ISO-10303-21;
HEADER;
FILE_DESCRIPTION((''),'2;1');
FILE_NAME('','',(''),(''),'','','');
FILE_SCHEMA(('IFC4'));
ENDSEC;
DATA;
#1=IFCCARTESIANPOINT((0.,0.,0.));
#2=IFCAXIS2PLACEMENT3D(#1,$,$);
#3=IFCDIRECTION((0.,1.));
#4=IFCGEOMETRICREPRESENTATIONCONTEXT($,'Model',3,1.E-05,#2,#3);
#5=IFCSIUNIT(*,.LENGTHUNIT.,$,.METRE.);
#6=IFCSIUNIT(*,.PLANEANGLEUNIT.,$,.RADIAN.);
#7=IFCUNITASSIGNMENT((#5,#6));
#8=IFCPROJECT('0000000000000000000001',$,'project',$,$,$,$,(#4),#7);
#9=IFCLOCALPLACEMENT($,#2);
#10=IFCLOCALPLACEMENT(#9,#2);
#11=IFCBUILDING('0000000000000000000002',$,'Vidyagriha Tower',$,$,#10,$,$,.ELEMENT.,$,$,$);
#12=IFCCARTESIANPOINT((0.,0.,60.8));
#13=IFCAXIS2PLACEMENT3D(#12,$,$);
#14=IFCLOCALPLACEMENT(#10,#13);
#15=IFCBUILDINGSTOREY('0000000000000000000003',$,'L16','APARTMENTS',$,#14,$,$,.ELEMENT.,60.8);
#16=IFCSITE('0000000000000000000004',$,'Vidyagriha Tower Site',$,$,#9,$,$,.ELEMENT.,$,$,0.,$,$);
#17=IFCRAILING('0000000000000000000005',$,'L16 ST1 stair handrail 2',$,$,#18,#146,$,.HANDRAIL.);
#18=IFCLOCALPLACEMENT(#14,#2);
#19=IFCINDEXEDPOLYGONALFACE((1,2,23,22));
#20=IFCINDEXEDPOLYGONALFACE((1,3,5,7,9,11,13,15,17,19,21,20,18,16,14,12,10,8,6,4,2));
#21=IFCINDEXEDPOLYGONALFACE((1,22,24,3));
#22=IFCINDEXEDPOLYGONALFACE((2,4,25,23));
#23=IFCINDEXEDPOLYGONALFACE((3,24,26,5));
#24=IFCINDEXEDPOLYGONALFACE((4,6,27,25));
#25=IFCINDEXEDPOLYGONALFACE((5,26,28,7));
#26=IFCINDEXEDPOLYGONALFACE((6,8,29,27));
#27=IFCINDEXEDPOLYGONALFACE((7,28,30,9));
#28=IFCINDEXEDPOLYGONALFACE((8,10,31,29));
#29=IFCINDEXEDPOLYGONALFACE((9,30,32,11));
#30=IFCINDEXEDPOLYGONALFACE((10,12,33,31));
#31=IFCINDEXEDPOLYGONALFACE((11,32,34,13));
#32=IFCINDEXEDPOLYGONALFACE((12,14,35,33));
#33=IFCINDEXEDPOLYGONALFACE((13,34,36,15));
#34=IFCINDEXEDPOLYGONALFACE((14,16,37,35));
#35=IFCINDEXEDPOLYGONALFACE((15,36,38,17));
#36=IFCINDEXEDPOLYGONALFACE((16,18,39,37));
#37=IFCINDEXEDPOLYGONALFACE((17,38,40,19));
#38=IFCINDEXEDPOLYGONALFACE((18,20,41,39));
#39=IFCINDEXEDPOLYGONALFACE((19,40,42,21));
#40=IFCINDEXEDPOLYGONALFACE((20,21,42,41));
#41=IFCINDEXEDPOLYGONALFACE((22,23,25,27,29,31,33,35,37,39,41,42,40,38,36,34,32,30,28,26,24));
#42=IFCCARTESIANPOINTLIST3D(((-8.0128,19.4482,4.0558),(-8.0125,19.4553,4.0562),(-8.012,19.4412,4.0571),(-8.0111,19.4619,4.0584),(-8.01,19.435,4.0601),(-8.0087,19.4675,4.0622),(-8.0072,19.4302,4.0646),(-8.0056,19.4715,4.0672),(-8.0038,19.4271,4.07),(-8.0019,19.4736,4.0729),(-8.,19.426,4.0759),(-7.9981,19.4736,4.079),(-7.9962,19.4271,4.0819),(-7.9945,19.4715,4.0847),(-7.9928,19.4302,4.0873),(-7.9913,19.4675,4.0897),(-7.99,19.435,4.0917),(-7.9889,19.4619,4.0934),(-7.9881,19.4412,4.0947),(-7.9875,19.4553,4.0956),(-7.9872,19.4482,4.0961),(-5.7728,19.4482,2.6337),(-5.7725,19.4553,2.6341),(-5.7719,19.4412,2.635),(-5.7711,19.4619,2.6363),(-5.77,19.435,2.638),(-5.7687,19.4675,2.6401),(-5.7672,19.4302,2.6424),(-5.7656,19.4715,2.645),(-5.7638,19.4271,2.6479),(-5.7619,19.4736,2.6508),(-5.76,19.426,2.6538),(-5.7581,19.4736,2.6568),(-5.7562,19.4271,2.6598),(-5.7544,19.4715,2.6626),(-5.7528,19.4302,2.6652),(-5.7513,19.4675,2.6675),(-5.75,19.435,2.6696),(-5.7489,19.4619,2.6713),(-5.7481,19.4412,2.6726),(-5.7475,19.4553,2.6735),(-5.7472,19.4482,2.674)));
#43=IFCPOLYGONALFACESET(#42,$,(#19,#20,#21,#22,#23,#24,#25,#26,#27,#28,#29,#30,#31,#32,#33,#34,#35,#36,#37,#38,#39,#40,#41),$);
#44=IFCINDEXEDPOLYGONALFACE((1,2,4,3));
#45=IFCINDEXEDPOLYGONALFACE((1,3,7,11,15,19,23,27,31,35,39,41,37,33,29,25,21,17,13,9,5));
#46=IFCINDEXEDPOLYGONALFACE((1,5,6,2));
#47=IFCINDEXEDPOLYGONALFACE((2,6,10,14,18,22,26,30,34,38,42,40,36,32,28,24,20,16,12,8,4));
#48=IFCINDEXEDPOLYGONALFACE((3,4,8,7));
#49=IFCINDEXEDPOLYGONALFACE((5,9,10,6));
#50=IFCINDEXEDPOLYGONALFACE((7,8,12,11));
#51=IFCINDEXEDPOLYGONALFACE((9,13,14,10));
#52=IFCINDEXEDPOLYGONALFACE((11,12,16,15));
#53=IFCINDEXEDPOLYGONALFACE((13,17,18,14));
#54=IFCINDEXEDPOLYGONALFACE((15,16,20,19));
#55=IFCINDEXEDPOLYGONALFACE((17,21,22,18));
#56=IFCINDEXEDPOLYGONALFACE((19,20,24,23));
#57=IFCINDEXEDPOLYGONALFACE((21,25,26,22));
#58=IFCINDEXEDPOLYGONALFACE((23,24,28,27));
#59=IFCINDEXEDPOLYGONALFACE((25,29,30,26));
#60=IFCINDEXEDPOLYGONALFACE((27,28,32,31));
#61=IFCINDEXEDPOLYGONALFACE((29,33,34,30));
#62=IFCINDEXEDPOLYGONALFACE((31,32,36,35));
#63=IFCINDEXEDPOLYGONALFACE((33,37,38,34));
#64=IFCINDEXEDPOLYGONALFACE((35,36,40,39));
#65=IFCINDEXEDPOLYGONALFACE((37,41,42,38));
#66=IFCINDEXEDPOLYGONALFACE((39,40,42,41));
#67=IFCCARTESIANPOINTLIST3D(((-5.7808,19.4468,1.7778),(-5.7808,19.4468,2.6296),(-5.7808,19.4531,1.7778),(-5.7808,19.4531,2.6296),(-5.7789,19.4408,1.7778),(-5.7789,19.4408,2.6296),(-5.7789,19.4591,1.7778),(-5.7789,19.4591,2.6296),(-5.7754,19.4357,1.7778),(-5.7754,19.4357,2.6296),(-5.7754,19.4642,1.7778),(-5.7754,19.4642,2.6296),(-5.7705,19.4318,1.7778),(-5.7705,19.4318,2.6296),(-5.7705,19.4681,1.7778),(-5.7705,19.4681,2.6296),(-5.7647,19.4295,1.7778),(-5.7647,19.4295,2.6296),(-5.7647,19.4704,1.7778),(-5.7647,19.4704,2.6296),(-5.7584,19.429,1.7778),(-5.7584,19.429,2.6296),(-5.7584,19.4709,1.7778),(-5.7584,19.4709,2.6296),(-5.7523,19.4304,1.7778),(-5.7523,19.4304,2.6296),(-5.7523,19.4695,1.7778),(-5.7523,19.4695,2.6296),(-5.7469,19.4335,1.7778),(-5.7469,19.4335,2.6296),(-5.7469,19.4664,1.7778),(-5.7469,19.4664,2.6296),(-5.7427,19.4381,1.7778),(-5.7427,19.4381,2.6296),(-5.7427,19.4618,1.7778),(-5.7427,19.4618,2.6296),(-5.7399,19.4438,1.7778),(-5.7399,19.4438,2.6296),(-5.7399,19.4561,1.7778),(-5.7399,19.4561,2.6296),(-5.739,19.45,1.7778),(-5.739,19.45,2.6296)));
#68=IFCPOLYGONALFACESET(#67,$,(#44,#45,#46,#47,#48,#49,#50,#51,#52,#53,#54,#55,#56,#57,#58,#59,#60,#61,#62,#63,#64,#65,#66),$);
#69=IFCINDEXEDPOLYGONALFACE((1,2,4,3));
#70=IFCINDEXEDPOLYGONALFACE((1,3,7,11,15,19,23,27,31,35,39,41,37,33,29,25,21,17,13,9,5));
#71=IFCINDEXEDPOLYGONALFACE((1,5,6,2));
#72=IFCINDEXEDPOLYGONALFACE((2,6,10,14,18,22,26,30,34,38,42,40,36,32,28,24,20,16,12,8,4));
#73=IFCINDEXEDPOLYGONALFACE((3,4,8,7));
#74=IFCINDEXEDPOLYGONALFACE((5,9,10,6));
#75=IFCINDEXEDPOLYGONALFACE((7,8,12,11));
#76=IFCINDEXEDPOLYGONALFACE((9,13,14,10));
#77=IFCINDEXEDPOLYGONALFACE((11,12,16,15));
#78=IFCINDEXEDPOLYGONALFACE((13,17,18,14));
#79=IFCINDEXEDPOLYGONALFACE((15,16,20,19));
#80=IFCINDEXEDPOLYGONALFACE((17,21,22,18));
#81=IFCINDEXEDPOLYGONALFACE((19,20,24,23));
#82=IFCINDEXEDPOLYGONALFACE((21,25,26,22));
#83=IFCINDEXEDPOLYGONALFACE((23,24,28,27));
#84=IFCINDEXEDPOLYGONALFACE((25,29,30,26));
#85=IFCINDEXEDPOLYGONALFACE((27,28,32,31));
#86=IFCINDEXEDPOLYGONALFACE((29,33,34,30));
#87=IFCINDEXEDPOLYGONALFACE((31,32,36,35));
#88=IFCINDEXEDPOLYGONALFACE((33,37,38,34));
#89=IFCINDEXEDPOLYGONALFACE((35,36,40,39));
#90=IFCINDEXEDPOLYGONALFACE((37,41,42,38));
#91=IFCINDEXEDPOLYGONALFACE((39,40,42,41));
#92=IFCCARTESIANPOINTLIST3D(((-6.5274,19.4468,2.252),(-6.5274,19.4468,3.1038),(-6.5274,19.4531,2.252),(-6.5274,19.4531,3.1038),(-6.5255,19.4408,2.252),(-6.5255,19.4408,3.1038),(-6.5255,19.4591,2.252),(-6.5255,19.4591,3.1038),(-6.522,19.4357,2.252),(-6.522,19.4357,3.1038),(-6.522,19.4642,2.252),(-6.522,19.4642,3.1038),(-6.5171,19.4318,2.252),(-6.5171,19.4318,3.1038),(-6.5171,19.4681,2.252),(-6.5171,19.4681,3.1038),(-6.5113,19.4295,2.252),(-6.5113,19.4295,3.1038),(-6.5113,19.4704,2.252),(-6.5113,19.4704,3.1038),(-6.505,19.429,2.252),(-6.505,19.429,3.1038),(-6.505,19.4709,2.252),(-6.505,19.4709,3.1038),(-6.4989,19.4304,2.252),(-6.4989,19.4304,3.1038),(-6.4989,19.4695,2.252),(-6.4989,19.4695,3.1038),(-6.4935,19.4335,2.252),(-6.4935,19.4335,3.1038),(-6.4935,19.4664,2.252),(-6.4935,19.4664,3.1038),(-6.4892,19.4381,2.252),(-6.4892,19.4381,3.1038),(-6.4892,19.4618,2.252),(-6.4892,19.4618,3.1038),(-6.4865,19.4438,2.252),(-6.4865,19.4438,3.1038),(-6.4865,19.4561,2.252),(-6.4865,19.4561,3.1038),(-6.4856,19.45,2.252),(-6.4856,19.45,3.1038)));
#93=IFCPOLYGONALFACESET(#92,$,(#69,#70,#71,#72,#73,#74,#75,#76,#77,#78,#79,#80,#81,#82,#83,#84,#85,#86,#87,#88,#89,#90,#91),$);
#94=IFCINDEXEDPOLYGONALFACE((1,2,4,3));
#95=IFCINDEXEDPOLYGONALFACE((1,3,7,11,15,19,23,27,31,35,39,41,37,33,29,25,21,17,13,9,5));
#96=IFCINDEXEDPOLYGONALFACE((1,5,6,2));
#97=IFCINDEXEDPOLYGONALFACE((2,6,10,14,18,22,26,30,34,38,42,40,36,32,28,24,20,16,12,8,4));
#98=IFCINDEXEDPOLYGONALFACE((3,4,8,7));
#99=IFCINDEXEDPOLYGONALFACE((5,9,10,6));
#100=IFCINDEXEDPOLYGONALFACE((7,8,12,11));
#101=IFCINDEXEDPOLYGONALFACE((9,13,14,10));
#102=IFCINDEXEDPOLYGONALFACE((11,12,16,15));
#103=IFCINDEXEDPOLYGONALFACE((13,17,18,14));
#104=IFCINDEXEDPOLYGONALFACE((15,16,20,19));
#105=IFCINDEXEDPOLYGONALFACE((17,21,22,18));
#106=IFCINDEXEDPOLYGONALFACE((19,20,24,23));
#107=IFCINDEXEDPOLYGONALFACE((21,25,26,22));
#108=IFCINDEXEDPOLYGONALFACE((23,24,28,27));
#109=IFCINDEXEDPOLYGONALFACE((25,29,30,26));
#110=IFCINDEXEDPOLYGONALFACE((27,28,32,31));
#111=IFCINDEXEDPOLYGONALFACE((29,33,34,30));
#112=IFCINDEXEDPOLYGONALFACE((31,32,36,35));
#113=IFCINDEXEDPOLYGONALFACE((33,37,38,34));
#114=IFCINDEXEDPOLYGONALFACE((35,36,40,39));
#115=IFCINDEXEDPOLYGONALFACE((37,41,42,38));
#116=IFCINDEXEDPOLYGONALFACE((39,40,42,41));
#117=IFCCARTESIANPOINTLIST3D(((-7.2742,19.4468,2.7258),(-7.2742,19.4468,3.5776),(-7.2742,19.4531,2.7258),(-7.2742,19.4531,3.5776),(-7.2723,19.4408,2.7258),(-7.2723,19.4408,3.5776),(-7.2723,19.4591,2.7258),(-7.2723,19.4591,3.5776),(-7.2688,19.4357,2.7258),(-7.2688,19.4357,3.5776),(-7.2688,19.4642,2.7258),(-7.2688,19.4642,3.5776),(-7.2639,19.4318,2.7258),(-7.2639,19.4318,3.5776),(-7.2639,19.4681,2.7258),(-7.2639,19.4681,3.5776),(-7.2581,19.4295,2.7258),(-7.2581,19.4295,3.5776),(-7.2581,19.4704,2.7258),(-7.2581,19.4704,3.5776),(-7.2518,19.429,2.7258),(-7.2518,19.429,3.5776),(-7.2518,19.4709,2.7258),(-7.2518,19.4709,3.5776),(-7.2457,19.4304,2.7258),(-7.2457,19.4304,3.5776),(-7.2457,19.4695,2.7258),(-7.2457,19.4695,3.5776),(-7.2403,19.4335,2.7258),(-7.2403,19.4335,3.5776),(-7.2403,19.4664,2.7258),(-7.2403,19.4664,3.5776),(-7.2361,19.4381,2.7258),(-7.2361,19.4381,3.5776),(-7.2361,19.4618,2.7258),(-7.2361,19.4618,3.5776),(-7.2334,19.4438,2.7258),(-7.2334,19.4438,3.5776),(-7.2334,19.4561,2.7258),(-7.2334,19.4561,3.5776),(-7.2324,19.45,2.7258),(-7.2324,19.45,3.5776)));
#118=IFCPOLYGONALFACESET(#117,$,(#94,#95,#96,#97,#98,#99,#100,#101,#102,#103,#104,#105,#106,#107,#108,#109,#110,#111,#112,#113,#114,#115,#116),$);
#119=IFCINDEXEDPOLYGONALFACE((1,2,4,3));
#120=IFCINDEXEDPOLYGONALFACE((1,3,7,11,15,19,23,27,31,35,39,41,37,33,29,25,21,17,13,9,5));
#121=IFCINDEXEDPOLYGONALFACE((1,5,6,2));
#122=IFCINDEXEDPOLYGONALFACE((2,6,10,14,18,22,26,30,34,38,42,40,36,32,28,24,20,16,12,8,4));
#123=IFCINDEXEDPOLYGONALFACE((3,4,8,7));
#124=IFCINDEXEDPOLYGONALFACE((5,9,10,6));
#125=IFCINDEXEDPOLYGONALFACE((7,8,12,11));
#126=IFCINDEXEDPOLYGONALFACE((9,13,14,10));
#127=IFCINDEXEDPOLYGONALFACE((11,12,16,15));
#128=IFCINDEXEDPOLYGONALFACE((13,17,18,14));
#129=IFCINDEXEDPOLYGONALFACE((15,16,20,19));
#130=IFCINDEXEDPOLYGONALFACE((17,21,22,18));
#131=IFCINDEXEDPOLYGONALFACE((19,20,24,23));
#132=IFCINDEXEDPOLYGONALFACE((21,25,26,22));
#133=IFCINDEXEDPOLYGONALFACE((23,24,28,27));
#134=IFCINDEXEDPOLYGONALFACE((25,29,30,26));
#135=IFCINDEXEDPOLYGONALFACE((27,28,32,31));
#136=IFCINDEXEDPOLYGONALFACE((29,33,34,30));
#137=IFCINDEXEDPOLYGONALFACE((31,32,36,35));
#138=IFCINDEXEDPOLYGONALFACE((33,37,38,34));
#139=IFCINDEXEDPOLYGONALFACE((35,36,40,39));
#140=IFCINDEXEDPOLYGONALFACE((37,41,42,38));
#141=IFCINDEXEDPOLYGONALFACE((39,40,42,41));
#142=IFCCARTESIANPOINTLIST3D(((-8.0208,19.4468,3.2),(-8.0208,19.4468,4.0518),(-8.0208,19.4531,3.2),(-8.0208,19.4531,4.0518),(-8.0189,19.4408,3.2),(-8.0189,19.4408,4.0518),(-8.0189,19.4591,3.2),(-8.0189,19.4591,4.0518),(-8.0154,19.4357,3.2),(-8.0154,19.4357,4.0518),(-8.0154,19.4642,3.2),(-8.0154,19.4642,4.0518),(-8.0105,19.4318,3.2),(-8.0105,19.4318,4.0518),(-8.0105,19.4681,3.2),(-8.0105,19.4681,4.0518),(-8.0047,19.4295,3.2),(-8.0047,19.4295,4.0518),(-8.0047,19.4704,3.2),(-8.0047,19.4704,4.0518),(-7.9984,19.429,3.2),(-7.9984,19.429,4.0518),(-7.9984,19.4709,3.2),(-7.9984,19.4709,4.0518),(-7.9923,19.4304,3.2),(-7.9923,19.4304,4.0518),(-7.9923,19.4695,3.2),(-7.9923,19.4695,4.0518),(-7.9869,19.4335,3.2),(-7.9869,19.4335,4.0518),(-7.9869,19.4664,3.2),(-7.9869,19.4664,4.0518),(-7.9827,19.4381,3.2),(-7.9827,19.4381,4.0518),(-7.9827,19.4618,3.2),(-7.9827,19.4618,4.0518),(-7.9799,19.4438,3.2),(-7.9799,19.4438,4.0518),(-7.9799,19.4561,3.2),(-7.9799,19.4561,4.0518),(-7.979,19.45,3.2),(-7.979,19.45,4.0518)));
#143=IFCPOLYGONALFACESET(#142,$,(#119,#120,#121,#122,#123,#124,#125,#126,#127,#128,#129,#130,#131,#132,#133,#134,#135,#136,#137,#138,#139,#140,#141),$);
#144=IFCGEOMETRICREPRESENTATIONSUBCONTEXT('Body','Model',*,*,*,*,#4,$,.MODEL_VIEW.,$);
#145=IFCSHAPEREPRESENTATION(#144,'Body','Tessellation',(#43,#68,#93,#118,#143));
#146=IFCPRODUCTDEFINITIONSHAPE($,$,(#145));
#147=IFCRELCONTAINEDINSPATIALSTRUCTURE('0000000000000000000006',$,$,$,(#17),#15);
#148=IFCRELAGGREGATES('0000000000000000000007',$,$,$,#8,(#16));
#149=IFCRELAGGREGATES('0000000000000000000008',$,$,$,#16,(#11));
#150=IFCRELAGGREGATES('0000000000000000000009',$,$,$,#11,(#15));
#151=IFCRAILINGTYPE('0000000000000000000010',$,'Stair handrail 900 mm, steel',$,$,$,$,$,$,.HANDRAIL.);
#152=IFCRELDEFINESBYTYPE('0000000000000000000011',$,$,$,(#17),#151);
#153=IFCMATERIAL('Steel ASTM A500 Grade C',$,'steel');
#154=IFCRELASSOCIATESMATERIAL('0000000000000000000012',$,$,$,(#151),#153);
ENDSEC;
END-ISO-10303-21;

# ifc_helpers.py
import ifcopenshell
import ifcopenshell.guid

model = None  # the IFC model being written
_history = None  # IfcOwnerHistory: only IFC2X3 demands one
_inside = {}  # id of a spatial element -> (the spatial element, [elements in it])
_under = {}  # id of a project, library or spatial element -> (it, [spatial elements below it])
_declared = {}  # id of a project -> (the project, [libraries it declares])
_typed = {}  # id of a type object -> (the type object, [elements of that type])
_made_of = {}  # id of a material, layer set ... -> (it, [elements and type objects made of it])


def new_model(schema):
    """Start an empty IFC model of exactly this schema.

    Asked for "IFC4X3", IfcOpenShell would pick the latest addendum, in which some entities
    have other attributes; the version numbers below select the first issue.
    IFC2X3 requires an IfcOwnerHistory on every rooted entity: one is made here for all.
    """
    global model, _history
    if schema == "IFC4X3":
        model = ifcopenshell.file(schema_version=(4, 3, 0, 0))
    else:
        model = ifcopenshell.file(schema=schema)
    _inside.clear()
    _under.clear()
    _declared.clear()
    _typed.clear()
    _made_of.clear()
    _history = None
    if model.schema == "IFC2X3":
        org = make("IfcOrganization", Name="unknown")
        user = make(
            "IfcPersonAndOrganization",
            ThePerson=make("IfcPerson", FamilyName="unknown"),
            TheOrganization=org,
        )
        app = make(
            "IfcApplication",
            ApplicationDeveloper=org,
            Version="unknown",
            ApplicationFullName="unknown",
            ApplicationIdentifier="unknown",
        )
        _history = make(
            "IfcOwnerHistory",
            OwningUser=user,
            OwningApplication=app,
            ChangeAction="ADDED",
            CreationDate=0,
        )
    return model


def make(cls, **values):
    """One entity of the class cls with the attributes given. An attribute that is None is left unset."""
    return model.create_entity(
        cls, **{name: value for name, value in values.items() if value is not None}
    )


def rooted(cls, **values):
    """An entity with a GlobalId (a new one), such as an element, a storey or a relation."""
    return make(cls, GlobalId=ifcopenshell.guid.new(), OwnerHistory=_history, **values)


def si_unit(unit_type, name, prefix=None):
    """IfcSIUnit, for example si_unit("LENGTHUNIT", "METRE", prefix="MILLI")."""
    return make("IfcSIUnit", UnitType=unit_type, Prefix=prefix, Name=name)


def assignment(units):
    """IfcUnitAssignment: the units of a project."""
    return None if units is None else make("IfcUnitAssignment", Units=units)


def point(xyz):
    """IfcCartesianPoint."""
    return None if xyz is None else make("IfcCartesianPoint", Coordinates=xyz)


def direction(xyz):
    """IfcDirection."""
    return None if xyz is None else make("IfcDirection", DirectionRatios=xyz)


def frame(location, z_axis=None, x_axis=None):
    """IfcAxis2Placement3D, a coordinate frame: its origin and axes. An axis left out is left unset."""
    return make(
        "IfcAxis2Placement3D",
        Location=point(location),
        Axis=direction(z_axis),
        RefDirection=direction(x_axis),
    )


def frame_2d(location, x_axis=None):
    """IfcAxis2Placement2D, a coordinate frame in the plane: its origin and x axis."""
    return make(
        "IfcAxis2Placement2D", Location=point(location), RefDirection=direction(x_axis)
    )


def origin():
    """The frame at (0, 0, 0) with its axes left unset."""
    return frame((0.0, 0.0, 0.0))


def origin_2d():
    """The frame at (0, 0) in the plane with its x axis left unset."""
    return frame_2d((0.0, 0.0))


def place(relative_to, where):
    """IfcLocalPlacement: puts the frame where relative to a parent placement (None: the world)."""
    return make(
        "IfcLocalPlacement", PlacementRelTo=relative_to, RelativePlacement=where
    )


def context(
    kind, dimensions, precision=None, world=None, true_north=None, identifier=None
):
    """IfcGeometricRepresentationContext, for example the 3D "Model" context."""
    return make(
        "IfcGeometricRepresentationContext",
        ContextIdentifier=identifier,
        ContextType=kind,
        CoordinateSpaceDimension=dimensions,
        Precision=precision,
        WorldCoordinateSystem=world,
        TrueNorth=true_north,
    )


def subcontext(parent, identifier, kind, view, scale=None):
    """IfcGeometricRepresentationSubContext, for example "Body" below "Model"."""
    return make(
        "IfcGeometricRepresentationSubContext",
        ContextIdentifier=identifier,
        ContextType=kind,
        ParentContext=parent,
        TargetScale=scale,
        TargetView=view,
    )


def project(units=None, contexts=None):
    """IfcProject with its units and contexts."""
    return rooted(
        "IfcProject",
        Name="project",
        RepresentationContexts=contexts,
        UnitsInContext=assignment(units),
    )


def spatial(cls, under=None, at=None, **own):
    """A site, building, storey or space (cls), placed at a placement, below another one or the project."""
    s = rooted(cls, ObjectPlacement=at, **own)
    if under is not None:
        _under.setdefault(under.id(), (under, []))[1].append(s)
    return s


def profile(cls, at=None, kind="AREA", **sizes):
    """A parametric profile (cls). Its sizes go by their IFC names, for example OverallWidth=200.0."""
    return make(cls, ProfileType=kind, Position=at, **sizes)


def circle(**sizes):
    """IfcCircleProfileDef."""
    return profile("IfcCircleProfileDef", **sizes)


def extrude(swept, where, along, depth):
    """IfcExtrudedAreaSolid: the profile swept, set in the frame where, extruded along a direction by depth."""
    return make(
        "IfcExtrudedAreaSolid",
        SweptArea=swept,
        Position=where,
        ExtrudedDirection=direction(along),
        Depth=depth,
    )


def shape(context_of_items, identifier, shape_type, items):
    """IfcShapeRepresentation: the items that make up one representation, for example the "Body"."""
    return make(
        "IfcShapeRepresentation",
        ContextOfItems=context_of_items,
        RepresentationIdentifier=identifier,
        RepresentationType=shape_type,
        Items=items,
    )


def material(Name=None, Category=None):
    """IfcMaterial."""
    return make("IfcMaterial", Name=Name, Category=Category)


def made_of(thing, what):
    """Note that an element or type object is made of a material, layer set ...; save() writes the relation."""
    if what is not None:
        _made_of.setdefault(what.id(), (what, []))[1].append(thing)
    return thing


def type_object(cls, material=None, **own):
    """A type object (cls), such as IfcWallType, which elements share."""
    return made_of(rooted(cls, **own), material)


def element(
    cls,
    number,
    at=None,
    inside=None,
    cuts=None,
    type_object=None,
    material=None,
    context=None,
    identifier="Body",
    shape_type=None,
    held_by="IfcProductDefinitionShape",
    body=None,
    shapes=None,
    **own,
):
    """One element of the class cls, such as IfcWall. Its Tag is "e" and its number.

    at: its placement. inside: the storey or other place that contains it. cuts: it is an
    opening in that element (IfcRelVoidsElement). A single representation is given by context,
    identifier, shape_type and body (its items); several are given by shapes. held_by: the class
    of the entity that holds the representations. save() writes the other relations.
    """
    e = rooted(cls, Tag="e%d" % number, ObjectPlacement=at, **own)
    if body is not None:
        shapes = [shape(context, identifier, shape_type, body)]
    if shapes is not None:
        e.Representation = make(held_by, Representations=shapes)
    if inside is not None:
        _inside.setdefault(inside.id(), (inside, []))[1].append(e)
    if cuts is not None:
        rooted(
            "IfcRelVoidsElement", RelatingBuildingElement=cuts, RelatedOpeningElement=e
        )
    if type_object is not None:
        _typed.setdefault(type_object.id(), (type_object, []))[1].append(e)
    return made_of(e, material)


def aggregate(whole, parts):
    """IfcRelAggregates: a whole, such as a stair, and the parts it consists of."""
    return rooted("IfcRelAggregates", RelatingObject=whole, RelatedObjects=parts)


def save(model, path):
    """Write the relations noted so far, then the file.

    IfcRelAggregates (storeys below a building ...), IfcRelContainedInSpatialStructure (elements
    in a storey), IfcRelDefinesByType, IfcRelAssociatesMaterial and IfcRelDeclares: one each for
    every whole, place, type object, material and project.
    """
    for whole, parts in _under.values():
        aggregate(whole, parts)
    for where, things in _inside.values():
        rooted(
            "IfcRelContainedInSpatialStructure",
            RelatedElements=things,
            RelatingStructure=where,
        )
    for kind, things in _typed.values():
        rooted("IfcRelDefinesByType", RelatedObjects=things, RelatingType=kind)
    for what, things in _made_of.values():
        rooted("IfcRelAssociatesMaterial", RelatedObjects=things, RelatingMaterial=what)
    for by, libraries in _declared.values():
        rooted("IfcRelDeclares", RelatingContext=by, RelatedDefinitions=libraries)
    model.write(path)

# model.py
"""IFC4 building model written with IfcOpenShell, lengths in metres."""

from ifc_helpers import new_model, si_unit, direction, frame, origin, origin_2d, place, context, subcontext, project, spatial, circle, extrude, material, type_object, element, save


model = new_model("IFC4")

# Units and contexts
model_context = context("Model", 3, precision=1e-05, world=origin(), true_north=direction((0.0, 1.0)))
body_context = subcontext(model_context, "Body", "Model", "MODEL_VIEW")
ifc_project = project(units=[si_unit("LENGTHUNIT", "METRE"), si_unit("PLANEANGLEUNIT", "RADIAN")], contexts=[model_context])

# Site, building, storey
site_placement = place(None, origin())
site = spatial("IfcSite", under=ifc_project, at=site_placement, Name="Vidyagriha Tower Site", CompositionType="ELEMENT", RefElevation=0.0)
building_placement = place(site_placement, origin())
building = spatial("IfcBuilding", under=site, at=building_placement, Name="Vidyagriha Tower", CompositionType="ELEMENT")
storey_placement = place(building_placement, frame((0.0, 0.0, 60.8)))
storey = spatial("IfcBuildingStorey", under=building, at=storey_placement, Name="L16", Description="APARTMENTS", CompositionType="ELEMENT", Elevation=60.8)

# Railing
ifc_material_1 = material(Name="Steel ASTM A500 Grade C", Category="steel")
railing_type_1 = type_object("IfcRailingType", Name="Stair handrail 900 mm, steel", PredefinedType="HANDRAIL", material=ifc_material_1)
railing_1_placement = place(storey_placement, frame((-5.76, 19.45, 1.7778)))
element("IfcRailing", 1, at=railing_1_placement, inside=storey, type_object=railing_type_1, Name="L16 ST1 stair handrail 2", PredefinedType="HANDRAIL", context=body_context, shape_type="SweptSolid", body=[
    extrude(circle(Radius=0.0239, at=origin_2d()), frame((0.0, 0.0, 0.876), z_axis=(-0.844229, 0.0, 0.535982), x_axis=(0.0, -1.0, 0.0)), (0.0, 0.0, 1.0), 2.6533),
    extrude(circle(Radius=0.021, at=origin_2d()), origin(), (0.0, 0.0, 1.0), 0.8518),
    extrude(circle(Radius=0.021, at=origin_2d()), frame((-0.7466, 0.0, 0.4741)), (0.0, 0.0, 1.0), 0.8518),
    extrude(circle(Radius=0.021, at=origin_2d()), frame((-1.4934, 0.0, 0.948)), (0.0, 0.0, 1.0), 0.8518),
    extrude(circle(Radius=0.021, at=origin_2d()), frame((-2.24, 0.0, 1.4221)), (0.0, 0.0, 1.0), 0.8518),
])

save(model, "model.ifc")
